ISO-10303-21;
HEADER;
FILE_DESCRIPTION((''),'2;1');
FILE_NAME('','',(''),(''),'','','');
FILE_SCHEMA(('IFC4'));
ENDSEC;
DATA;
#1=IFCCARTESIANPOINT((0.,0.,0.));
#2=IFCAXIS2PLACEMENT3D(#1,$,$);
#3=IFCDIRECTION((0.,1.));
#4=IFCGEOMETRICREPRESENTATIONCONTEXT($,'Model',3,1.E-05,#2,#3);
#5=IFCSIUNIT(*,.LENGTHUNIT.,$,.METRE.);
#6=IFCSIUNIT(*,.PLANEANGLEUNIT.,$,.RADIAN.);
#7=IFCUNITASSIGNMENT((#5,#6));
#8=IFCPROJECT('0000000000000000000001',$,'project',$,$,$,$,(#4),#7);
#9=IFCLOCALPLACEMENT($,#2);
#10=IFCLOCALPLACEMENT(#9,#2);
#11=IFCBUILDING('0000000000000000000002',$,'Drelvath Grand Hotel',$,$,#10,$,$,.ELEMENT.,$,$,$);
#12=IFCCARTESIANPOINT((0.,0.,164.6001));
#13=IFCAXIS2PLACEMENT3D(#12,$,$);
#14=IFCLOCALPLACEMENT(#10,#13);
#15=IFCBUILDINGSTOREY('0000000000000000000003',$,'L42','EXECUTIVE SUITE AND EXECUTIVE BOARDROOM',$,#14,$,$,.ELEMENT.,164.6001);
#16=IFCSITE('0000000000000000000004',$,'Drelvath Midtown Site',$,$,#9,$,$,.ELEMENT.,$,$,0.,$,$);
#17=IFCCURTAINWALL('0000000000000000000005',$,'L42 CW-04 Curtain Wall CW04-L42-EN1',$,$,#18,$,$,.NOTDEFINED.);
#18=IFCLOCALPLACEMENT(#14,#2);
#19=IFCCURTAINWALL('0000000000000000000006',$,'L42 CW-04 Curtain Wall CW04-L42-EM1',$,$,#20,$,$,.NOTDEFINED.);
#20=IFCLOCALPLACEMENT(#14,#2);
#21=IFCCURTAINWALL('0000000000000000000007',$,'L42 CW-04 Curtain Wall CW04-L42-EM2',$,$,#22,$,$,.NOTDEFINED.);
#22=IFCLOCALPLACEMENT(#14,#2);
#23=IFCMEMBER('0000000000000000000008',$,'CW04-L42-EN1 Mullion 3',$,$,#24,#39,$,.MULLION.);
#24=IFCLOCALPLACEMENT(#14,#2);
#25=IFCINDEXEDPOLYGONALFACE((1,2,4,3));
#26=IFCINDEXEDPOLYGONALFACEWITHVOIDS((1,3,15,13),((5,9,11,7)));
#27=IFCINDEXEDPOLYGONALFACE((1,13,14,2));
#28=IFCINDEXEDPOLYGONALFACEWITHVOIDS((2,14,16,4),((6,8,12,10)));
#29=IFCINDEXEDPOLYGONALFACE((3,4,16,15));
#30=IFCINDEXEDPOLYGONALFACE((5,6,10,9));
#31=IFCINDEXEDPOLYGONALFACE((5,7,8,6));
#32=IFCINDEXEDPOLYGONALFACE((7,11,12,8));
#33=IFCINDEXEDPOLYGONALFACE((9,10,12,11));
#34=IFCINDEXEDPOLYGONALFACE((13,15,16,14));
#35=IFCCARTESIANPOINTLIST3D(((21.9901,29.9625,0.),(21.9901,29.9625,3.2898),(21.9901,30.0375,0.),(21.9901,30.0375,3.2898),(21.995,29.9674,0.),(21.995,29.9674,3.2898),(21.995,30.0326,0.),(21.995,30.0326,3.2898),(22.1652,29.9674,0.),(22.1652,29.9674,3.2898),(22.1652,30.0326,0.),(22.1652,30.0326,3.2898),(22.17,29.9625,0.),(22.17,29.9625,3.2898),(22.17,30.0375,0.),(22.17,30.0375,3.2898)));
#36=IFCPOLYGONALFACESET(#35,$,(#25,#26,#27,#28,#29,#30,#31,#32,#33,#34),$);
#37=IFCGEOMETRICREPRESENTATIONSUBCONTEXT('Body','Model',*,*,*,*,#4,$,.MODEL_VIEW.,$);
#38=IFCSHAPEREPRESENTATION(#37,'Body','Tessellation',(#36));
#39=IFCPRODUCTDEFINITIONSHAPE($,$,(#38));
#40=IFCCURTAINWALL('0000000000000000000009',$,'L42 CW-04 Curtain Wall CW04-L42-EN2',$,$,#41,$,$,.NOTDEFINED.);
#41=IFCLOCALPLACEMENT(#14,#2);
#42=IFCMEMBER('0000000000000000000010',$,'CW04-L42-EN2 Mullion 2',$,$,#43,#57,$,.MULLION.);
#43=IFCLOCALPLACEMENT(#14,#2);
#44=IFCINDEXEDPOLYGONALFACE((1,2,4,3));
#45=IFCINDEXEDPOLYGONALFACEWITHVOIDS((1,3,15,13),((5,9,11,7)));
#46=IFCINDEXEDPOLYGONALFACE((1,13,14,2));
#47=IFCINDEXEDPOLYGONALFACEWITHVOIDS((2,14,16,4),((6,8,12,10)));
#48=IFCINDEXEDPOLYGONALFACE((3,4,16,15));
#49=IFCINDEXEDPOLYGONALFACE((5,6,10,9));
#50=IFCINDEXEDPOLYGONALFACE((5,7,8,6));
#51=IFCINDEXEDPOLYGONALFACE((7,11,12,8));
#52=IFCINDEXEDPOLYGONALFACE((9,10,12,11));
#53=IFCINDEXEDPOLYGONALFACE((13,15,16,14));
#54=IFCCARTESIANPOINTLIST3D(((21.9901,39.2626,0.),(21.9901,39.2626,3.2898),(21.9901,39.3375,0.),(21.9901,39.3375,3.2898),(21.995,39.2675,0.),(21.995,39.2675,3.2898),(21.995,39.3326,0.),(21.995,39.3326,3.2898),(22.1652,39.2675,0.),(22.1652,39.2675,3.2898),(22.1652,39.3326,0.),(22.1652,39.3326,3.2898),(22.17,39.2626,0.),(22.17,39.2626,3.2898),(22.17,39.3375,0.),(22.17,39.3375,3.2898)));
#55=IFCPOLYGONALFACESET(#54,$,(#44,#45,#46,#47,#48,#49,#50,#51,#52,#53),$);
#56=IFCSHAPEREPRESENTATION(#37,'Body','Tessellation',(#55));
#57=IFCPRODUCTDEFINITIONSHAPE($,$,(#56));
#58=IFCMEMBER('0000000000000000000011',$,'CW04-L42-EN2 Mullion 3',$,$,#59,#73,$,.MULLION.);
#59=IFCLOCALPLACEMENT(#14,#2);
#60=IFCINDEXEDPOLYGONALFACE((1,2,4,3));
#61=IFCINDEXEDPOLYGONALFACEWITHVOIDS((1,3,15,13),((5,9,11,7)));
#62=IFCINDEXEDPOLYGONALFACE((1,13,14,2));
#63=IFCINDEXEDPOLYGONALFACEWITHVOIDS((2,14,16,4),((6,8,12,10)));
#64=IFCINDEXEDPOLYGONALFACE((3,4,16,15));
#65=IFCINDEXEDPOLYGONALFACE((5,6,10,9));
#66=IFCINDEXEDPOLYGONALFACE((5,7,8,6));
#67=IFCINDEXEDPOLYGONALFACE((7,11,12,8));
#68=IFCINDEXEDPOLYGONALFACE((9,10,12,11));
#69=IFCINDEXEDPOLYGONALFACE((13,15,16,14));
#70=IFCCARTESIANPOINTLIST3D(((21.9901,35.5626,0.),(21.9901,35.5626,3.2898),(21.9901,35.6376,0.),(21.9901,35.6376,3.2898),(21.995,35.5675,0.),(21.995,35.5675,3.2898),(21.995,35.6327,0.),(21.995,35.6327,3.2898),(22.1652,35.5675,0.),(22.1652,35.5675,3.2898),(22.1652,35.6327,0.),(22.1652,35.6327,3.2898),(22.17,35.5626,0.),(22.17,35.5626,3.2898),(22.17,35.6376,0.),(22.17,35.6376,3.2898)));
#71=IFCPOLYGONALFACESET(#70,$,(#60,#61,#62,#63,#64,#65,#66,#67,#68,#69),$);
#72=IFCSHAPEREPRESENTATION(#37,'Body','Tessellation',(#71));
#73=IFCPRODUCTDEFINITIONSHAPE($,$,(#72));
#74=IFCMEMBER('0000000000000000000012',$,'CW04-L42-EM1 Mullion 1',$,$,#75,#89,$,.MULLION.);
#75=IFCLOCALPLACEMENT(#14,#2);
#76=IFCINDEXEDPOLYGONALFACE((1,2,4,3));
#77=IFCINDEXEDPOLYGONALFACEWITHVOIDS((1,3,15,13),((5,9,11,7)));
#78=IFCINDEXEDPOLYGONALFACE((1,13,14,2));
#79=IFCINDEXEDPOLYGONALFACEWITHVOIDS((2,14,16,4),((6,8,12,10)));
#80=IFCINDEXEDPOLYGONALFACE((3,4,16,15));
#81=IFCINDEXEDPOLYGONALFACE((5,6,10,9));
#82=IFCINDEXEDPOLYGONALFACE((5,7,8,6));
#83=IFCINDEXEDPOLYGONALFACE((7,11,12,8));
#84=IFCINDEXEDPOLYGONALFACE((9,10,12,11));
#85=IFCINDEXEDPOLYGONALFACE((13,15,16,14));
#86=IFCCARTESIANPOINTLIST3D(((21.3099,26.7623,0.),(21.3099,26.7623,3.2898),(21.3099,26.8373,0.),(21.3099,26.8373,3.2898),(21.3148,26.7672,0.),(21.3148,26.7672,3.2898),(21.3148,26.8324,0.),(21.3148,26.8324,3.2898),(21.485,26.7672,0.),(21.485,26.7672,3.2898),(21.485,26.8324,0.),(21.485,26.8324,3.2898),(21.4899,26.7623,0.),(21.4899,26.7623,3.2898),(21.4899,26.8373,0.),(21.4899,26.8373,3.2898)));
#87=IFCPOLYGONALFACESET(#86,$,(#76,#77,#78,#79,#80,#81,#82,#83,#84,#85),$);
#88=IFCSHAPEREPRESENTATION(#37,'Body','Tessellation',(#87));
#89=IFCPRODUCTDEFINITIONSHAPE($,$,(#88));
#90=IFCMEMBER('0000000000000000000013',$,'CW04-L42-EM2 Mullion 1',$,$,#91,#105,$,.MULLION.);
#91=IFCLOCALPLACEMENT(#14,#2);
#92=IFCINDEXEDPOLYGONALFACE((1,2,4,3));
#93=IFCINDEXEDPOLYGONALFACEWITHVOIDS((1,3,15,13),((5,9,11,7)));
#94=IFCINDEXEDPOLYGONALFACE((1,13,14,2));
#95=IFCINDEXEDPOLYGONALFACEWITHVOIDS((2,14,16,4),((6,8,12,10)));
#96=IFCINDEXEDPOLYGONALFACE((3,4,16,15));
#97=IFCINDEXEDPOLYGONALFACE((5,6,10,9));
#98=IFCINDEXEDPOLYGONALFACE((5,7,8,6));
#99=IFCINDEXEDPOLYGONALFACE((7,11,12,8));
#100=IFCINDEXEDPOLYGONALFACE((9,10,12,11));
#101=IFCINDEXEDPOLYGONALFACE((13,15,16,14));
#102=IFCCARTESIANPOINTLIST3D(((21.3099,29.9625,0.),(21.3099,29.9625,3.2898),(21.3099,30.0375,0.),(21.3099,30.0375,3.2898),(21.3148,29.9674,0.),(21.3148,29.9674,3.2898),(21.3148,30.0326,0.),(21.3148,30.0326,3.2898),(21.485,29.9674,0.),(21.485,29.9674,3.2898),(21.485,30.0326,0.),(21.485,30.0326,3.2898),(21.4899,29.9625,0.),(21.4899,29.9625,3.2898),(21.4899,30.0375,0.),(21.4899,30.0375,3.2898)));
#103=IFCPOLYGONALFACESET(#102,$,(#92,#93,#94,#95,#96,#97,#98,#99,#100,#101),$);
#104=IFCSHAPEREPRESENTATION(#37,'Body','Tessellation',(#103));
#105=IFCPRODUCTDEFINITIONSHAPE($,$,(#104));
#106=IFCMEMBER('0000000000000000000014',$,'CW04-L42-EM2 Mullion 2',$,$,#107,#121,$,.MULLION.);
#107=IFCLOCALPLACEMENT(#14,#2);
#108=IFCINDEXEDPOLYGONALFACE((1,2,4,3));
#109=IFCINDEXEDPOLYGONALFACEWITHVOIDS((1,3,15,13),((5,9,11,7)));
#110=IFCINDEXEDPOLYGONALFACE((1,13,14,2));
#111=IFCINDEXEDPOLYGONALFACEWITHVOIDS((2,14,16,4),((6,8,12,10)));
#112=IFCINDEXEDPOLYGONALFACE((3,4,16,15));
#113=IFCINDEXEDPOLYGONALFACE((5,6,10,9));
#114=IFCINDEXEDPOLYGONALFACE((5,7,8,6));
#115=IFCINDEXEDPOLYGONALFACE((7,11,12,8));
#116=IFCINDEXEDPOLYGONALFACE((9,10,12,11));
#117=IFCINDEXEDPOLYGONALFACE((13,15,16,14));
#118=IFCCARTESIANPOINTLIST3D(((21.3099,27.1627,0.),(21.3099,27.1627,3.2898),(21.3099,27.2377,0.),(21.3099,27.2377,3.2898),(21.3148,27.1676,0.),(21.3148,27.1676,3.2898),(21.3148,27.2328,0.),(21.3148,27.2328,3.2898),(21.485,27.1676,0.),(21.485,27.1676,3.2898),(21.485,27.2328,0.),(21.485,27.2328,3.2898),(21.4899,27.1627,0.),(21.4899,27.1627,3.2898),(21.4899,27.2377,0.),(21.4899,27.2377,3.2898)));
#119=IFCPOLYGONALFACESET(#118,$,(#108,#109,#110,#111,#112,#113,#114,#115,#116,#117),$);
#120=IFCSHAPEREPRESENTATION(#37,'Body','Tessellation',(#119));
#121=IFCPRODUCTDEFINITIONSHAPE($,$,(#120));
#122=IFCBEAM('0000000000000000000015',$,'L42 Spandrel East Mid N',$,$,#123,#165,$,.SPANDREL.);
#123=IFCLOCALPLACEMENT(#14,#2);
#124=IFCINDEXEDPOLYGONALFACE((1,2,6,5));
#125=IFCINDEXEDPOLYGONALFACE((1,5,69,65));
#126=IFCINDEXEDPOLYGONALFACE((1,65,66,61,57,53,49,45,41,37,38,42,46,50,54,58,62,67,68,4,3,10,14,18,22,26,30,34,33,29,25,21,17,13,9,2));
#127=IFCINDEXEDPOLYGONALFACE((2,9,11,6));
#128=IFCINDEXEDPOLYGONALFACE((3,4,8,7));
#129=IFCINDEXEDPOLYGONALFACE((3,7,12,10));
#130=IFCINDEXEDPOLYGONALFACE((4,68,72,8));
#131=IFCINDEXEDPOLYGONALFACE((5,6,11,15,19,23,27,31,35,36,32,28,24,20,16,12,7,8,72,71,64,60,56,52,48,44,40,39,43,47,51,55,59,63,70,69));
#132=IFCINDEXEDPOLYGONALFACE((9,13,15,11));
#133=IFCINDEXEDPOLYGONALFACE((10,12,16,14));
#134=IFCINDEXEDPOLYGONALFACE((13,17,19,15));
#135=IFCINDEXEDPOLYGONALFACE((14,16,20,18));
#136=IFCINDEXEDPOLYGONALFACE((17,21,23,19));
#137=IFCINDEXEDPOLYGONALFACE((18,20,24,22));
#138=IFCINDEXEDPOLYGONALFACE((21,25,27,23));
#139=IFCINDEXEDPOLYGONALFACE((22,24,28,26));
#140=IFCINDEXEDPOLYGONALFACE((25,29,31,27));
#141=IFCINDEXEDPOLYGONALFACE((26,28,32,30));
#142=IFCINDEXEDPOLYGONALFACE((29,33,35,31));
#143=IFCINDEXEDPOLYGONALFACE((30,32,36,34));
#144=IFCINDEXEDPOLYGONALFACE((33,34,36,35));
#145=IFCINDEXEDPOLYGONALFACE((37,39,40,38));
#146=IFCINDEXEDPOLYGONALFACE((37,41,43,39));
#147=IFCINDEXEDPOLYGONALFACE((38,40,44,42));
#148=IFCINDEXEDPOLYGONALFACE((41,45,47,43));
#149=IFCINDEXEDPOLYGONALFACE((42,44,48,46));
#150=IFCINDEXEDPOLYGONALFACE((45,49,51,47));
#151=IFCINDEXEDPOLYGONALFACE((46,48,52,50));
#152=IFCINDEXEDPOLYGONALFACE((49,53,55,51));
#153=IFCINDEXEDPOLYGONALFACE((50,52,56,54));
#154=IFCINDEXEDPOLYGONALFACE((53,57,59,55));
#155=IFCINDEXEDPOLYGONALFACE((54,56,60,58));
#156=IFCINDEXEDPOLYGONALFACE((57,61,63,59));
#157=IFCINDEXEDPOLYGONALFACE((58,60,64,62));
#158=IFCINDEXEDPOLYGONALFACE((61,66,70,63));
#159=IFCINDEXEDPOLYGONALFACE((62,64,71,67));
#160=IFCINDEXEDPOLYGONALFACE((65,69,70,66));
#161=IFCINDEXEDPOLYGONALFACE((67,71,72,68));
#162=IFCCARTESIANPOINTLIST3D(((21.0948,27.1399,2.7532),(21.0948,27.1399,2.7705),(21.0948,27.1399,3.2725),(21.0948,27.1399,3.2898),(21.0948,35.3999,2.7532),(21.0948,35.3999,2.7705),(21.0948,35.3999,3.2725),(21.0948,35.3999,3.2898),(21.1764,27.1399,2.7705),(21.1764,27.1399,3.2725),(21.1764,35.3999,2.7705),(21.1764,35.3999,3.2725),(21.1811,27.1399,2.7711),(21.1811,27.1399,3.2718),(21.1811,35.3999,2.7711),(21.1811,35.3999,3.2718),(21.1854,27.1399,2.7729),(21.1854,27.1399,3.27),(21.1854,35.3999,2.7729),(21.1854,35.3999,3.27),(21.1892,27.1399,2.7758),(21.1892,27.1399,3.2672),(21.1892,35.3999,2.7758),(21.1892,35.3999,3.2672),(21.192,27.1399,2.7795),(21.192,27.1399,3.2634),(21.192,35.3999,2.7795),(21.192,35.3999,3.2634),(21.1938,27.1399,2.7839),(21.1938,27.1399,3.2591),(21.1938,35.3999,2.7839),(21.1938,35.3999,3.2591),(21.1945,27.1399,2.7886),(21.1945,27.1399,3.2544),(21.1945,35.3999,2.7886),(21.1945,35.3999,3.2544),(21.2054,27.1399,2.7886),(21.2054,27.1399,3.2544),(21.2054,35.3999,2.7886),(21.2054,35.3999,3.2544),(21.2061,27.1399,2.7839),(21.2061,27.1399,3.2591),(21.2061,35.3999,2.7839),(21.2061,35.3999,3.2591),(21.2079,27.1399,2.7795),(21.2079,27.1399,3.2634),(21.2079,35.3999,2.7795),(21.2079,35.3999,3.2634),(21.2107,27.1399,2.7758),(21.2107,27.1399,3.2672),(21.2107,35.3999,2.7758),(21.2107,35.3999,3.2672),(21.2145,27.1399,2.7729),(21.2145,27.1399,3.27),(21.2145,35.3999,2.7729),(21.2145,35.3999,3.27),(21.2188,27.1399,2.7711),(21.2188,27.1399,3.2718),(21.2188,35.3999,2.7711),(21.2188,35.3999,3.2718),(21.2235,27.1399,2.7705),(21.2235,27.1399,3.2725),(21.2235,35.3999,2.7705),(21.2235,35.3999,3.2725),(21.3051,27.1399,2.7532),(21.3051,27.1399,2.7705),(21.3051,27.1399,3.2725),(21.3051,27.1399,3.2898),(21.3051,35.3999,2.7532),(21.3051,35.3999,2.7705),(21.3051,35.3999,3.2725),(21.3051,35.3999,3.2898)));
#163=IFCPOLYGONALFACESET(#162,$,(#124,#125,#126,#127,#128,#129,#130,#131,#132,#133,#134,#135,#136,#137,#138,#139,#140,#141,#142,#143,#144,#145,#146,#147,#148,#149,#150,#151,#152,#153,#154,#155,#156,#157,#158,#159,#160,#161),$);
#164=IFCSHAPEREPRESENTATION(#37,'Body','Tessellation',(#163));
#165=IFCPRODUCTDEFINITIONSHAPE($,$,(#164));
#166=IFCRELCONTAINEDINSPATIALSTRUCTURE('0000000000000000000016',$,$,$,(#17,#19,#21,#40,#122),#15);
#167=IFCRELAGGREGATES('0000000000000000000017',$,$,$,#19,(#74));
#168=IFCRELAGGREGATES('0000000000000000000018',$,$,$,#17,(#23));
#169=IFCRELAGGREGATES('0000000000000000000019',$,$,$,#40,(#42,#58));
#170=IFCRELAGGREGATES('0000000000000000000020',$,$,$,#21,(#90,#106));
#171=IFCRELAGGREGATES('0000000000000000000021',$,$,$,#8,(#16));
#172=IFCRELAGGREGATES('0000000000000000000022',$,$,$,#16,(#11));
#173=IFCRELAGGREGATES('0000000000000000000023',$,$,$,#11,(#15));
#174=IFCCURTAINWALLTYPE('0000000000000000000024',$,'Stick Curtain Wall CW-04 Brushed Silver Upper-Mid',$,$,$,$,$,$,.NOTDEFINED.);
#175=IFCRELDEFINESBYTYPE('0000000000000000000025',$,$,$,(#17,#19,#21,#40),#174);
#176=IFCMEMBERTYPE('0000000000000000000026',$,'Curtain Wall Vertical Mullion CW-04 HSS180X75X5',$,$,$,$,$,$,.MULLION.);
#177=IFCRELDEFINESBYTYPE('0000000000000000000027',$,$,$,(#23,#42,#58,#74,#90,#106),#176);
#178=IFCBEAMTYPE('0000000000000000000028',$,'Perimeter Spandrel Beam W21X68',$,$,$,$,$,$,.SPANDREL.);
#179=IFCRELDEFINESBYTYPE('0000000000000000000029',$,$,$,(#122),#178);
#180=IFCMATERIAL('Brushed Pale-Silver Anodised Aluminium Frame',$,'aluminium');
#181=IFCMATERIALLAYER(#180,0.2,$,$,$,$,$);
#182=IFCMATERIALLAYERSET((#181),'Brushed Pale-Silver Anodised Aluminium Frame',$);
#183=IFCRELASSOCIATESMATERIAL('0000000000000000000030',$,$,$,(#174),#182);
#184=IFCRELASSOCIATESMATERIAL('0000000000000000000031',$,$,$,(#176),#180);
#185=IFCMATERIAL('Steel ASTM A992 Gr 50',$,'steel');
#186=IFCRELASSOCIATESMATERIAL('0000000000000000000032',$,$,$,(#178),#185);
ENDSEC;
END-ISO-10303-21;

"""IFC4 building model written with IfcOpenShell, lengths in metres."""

from ifc_helpers import new_model, si_unit, direction, frame, origin, origin_2d, place, context, subcontext, project, spatial, hollow_rectangle, i_section, extrude, material, layer, layer_set, material_profile, profile_set, type_object, element, aggregate, save


model = new_model("IFC4")

# Units and contexts
model_context = context("Model", 3, precision=1e-05, world=origin(), true_north=direction((0.0, 1.0)))
body_context = subcontext(model_context, "Body", "Model", "MODEL_VIEW")
ifc_project = project(units=[si_unit("LENGTHUNIT", "METRE"), si_unit("PLANEANGLEUNIT", "RADIAN")], contexts=[model_context])

# Site, building, storey
site_placement = place(None, origin())
site = spatial("IfcSite", under=ifc_project, at=site_placement, Name="Drelvath Midtown Site", CompositionType="ELEMENT", RefElevation=0.0)
building_placement = place(site_placement, origin())
building = spatial("IfcBuilding", under=site, at=building_placement, Name="Drelvath Grand Hotel", CompositionType="ELEMENT")
storey_placement = place(building_placement, frame((0.0, 0.0, 164.6001)))
storey = spatial("IfcBuildingStorey", under=building, at=storey_placement, Name="L42", Description="EXECUTIVE SUITE AND EXECUTIVE BOARDROOM", CompositionType="ELEMENT", Elevation=164.6001)

# Curtain walls
ifc_material_1 = material(Name="Brushed Pale-Silver Anodised Aluminium Frame", Category="aluminium")
ifc_layer_1 = layer(ifc_material_1, 0.2)
ifc_layer_set_1 = layer_set([ifc_layer_1], Name="Brushed Pale-Silver Anodised Aluminium Frame")
curtain_wall_type = type_object("IfcCurtainWallType", Name="Stick Curtain Wall CW-04 Brushed Silver Upper-Mid", PredefinedType="NOTDEFINED", material=ifc_layer_set_1)
curtain_wall_1_placement = place(storey_placement, origin())
curtain_wall_1 = element("IfcCurtainWall", 1, at=curtain_wall_1_placement, inside=storey, type_object=curtain_wall_type, Name="L42 CW-04 Curtain Wall CW04-L42-EN1", PredefinedType="NOTDEFINED")
curtain_wall_2_placement = place(storey_placement, origin())
curtain_wall_2 = element("IfcCurtainWall", 2, at=curtain_wall_2_placement, inside=storey, type_object=curtain_wall_type, Name="L42 CW-04 Curtain Wall CW04-L42-EM1", PredefinedType="NOTDEFINED")
curtain_wall_3_placement = place(storey_placement, origin())
curtain_wall_3 = element("IfcCurtainWall", 3, at=curtain_wall_3_placement, inside=storey, type_object=curtain_wall_type, Name="L42 CW-04 Curtain Wall CW04-L42-EM2", PredefinedType="NOTDEFINED")

# Member
ifc_material_profile_1 = material_profile(ifc_material_1, hollow_rectangle(XDim=0.075, YDim=0.1799, WallThickness=0.0049, at=origin_2d()), Name="HSS180X75X5")
ifc_profile_set_1 = profile_set([ifc_material_profile_1], Name="Brushed Pale-Silver Anodised Aluminium Frame")
member_type_1 = type_object("IfcMemberType", Name="Curtain Wall Vertical Mullion CW-04 HSS180X75X5", PredefinedType="MULLION", material=ifc_profile_set_1)
member_1_placement = place(storey_placement, frame((22.0801, 30.0, 0.0), z_axis=(0.0, 0.0, 1.0), x_axis=(0.0, 1.0, 0.0)))
member_1 = element("IfcMember", 4, at=member_1_placement, type_object=member_type_1, Name="CW04-L42-EN1 Mullion 3", PredefinedType="MULLION", context=body_context, shape_type="SweptSolid", body=[
    extrude(hollow_rectangle(XDim=0.075, YDim=0.1799, WallThickness=0.0049, at=origin_2d()), origin(), (0.0, 0.0, 1.0), 3.2898),
])

# Curtain wall, members
curtain_wall_4_placement = place(storey_placement, origin())
curtain_wall_4 = element("IfcCurtainWall", 5, at=curtain_wall_4_placement, inside=storey, type_object=curtain_wall_type, Name="L42 CW-04 Curtain Wall CW04-L42-EN2", PredefinedType="NOTDEFINED")
member_2_placement = place(storey_placement, frame((22.0801, 39.3, 0.0), z_axis=(0.0, 0.0, 1.0), x_axis=(0.0, 1.0, 0.0)))
member_2 = element("IfcMember", 6, at=member_2_placement, type_object=member_type_1, Name="CW04-L42-EN2 Mullion 2", PredefinedType="MULLION", context=body_context, shape_type="SweptSolid", body=[
    extrude(hollow_rectangle(XDim=0.075, YDim=0.1799, WallThickness=0.0049, at=origin_2d()), origin(), (0.0, 0.0, 1.0), 3.2898),
])
member_3_placement = place(storey_placement, frame((22.0801, 35.6001, 0.0), z_axis=(0.0, 0.0, 1.0), x_axis=(0.0, 1.0, 0.0)))
member_3 = element("IfcMember", 7, at=member_3_placement, type_object=member_type_1, Name="CW04-L42-EN2 Mullion 3", PredefinedType="MULLION", context=body_context, shape_type="SweptSolid", body=[
    extrude(hollow_rectangle(XDim=0.075, YDim=0.1799, WallThickness=0.0049, at=origin_2d()), origin(), (0.0, 0.0, 1.0), 3.2898),
])

# Members
member_4_placement = place(storey_placement, frame((21.3999, 26.7998, 0.0), z_axis=(0.0, 0.0, 1.0), x_axis=(0.0, 1.0, 0.0)))
member_4 = element("IfcMember", 8, at=member_4_placement, type_object=member_type_1, Name="CW04-L42-EM1 Mullion 1", PredefinedType="MULLION", context=body_context, shape_type="SweptSolid", body=[
    extrude(hollow_rectangle(XDim=0.075, YDim=0.1799, WallThickness=0.0049, at=origin_2d()), origin(), (0.0, 0.0, 1.0), 3.2898),
])
aggregate(curtain_wall_2, [member_4])
member_5_placement = place(storey_placement, frame((21.3999, 30.0, 0.0), z_axis=(0.0, 0.0, 1.0), x_axis=(0.0, 1.0, 0.0)))
member_5 = element("IfcMember", 9, at=member_5_placement, type_object=member_type_1, Name="CW04-L42-EM2 Mullion 1", PredefinedType="MULLION", context=body_context, shape_type="SweptSolid", body=[
    extrude(hollow_rectangle(XDim=0.075, YDim=0.1799, WallThickness=0.0049, at=origin_2d()), origin(), (0.0, 0.0, 1.0), 3.2898),
])
member_6_placement = place(storey_placement, frame((21.3999, 27.2002, 0.0), z_axis=(0.0, 0.0, 1.0), x_axis=(0.0, 1.0, 0.0)))
member_6 = element("IfcMember", 10, at=member_6_placement, type_object=member_type_1, Name="CW04-L42-EM2 Mullion 2", PredefinedType="MULLION", context=body_context, shape_type="SweptSolid", body=[
    extrude(hollow_rectangle(XDim=0.075, YDim=0.1799, WallThickness=0.0049, at=origin_2d()), origin(), (0.0, 0.0, 1.0), 3.2898),
])

# Beam
ifc_material_2 = material(Name="Steel ASTM A992 Gr 50", Category="steel")
ifc_material_profile_2 = material_profile(ifc_material_2, i_section(OverallWidth=0.2102, OverallDepth=0.5366, WebThickness=0.011, FlangeThickness=0.0173, FilletRadius=0.0181, at=origin_2d()), Name="W21X68")
ifc_profile_set_2 = profile_set([ifc_material_profile_2], Name="Steel ASTM A992 Gr 50")
beam_type_1 = type_object("IfcBeamType", Name="Perimeter Spandrel Beam W21X68", PredefinedType="SPANDREL", material=ifc_profile_set_2)
beam_1_placement = place(storey_placement, frame((21.2, 27.1399, 3.0215), z_axis=(0.0, 1.0, 0.0), x_axis=(-1.0, 0.0, 0.0)))
element("IfcBeam", 11, at=beam_1_placement, inside=storey, type_object=beam_type_1, Name="L42 Spandrel East Mid N", PredefinedType="SPANDREL", context=body_context, shape_type="SweptSolid", body=[
    extrude(i_section(OverallWidth=0.2102, OverallDepth=0.5366, WebThickness=0.011, FlangeThickness=0.0173, FilletRadius=0.0181, at=origin_2d()), origin(), (0.0, 0.0, 1.0), 8.26),
])

aggregate(curtain_wall_1, [member_1])
aggregate(curtain_wall_4, [member_2, member_3])
aggregate(curtain_wall_3, [member_5, member_6])

save(model, "model.ifc")
